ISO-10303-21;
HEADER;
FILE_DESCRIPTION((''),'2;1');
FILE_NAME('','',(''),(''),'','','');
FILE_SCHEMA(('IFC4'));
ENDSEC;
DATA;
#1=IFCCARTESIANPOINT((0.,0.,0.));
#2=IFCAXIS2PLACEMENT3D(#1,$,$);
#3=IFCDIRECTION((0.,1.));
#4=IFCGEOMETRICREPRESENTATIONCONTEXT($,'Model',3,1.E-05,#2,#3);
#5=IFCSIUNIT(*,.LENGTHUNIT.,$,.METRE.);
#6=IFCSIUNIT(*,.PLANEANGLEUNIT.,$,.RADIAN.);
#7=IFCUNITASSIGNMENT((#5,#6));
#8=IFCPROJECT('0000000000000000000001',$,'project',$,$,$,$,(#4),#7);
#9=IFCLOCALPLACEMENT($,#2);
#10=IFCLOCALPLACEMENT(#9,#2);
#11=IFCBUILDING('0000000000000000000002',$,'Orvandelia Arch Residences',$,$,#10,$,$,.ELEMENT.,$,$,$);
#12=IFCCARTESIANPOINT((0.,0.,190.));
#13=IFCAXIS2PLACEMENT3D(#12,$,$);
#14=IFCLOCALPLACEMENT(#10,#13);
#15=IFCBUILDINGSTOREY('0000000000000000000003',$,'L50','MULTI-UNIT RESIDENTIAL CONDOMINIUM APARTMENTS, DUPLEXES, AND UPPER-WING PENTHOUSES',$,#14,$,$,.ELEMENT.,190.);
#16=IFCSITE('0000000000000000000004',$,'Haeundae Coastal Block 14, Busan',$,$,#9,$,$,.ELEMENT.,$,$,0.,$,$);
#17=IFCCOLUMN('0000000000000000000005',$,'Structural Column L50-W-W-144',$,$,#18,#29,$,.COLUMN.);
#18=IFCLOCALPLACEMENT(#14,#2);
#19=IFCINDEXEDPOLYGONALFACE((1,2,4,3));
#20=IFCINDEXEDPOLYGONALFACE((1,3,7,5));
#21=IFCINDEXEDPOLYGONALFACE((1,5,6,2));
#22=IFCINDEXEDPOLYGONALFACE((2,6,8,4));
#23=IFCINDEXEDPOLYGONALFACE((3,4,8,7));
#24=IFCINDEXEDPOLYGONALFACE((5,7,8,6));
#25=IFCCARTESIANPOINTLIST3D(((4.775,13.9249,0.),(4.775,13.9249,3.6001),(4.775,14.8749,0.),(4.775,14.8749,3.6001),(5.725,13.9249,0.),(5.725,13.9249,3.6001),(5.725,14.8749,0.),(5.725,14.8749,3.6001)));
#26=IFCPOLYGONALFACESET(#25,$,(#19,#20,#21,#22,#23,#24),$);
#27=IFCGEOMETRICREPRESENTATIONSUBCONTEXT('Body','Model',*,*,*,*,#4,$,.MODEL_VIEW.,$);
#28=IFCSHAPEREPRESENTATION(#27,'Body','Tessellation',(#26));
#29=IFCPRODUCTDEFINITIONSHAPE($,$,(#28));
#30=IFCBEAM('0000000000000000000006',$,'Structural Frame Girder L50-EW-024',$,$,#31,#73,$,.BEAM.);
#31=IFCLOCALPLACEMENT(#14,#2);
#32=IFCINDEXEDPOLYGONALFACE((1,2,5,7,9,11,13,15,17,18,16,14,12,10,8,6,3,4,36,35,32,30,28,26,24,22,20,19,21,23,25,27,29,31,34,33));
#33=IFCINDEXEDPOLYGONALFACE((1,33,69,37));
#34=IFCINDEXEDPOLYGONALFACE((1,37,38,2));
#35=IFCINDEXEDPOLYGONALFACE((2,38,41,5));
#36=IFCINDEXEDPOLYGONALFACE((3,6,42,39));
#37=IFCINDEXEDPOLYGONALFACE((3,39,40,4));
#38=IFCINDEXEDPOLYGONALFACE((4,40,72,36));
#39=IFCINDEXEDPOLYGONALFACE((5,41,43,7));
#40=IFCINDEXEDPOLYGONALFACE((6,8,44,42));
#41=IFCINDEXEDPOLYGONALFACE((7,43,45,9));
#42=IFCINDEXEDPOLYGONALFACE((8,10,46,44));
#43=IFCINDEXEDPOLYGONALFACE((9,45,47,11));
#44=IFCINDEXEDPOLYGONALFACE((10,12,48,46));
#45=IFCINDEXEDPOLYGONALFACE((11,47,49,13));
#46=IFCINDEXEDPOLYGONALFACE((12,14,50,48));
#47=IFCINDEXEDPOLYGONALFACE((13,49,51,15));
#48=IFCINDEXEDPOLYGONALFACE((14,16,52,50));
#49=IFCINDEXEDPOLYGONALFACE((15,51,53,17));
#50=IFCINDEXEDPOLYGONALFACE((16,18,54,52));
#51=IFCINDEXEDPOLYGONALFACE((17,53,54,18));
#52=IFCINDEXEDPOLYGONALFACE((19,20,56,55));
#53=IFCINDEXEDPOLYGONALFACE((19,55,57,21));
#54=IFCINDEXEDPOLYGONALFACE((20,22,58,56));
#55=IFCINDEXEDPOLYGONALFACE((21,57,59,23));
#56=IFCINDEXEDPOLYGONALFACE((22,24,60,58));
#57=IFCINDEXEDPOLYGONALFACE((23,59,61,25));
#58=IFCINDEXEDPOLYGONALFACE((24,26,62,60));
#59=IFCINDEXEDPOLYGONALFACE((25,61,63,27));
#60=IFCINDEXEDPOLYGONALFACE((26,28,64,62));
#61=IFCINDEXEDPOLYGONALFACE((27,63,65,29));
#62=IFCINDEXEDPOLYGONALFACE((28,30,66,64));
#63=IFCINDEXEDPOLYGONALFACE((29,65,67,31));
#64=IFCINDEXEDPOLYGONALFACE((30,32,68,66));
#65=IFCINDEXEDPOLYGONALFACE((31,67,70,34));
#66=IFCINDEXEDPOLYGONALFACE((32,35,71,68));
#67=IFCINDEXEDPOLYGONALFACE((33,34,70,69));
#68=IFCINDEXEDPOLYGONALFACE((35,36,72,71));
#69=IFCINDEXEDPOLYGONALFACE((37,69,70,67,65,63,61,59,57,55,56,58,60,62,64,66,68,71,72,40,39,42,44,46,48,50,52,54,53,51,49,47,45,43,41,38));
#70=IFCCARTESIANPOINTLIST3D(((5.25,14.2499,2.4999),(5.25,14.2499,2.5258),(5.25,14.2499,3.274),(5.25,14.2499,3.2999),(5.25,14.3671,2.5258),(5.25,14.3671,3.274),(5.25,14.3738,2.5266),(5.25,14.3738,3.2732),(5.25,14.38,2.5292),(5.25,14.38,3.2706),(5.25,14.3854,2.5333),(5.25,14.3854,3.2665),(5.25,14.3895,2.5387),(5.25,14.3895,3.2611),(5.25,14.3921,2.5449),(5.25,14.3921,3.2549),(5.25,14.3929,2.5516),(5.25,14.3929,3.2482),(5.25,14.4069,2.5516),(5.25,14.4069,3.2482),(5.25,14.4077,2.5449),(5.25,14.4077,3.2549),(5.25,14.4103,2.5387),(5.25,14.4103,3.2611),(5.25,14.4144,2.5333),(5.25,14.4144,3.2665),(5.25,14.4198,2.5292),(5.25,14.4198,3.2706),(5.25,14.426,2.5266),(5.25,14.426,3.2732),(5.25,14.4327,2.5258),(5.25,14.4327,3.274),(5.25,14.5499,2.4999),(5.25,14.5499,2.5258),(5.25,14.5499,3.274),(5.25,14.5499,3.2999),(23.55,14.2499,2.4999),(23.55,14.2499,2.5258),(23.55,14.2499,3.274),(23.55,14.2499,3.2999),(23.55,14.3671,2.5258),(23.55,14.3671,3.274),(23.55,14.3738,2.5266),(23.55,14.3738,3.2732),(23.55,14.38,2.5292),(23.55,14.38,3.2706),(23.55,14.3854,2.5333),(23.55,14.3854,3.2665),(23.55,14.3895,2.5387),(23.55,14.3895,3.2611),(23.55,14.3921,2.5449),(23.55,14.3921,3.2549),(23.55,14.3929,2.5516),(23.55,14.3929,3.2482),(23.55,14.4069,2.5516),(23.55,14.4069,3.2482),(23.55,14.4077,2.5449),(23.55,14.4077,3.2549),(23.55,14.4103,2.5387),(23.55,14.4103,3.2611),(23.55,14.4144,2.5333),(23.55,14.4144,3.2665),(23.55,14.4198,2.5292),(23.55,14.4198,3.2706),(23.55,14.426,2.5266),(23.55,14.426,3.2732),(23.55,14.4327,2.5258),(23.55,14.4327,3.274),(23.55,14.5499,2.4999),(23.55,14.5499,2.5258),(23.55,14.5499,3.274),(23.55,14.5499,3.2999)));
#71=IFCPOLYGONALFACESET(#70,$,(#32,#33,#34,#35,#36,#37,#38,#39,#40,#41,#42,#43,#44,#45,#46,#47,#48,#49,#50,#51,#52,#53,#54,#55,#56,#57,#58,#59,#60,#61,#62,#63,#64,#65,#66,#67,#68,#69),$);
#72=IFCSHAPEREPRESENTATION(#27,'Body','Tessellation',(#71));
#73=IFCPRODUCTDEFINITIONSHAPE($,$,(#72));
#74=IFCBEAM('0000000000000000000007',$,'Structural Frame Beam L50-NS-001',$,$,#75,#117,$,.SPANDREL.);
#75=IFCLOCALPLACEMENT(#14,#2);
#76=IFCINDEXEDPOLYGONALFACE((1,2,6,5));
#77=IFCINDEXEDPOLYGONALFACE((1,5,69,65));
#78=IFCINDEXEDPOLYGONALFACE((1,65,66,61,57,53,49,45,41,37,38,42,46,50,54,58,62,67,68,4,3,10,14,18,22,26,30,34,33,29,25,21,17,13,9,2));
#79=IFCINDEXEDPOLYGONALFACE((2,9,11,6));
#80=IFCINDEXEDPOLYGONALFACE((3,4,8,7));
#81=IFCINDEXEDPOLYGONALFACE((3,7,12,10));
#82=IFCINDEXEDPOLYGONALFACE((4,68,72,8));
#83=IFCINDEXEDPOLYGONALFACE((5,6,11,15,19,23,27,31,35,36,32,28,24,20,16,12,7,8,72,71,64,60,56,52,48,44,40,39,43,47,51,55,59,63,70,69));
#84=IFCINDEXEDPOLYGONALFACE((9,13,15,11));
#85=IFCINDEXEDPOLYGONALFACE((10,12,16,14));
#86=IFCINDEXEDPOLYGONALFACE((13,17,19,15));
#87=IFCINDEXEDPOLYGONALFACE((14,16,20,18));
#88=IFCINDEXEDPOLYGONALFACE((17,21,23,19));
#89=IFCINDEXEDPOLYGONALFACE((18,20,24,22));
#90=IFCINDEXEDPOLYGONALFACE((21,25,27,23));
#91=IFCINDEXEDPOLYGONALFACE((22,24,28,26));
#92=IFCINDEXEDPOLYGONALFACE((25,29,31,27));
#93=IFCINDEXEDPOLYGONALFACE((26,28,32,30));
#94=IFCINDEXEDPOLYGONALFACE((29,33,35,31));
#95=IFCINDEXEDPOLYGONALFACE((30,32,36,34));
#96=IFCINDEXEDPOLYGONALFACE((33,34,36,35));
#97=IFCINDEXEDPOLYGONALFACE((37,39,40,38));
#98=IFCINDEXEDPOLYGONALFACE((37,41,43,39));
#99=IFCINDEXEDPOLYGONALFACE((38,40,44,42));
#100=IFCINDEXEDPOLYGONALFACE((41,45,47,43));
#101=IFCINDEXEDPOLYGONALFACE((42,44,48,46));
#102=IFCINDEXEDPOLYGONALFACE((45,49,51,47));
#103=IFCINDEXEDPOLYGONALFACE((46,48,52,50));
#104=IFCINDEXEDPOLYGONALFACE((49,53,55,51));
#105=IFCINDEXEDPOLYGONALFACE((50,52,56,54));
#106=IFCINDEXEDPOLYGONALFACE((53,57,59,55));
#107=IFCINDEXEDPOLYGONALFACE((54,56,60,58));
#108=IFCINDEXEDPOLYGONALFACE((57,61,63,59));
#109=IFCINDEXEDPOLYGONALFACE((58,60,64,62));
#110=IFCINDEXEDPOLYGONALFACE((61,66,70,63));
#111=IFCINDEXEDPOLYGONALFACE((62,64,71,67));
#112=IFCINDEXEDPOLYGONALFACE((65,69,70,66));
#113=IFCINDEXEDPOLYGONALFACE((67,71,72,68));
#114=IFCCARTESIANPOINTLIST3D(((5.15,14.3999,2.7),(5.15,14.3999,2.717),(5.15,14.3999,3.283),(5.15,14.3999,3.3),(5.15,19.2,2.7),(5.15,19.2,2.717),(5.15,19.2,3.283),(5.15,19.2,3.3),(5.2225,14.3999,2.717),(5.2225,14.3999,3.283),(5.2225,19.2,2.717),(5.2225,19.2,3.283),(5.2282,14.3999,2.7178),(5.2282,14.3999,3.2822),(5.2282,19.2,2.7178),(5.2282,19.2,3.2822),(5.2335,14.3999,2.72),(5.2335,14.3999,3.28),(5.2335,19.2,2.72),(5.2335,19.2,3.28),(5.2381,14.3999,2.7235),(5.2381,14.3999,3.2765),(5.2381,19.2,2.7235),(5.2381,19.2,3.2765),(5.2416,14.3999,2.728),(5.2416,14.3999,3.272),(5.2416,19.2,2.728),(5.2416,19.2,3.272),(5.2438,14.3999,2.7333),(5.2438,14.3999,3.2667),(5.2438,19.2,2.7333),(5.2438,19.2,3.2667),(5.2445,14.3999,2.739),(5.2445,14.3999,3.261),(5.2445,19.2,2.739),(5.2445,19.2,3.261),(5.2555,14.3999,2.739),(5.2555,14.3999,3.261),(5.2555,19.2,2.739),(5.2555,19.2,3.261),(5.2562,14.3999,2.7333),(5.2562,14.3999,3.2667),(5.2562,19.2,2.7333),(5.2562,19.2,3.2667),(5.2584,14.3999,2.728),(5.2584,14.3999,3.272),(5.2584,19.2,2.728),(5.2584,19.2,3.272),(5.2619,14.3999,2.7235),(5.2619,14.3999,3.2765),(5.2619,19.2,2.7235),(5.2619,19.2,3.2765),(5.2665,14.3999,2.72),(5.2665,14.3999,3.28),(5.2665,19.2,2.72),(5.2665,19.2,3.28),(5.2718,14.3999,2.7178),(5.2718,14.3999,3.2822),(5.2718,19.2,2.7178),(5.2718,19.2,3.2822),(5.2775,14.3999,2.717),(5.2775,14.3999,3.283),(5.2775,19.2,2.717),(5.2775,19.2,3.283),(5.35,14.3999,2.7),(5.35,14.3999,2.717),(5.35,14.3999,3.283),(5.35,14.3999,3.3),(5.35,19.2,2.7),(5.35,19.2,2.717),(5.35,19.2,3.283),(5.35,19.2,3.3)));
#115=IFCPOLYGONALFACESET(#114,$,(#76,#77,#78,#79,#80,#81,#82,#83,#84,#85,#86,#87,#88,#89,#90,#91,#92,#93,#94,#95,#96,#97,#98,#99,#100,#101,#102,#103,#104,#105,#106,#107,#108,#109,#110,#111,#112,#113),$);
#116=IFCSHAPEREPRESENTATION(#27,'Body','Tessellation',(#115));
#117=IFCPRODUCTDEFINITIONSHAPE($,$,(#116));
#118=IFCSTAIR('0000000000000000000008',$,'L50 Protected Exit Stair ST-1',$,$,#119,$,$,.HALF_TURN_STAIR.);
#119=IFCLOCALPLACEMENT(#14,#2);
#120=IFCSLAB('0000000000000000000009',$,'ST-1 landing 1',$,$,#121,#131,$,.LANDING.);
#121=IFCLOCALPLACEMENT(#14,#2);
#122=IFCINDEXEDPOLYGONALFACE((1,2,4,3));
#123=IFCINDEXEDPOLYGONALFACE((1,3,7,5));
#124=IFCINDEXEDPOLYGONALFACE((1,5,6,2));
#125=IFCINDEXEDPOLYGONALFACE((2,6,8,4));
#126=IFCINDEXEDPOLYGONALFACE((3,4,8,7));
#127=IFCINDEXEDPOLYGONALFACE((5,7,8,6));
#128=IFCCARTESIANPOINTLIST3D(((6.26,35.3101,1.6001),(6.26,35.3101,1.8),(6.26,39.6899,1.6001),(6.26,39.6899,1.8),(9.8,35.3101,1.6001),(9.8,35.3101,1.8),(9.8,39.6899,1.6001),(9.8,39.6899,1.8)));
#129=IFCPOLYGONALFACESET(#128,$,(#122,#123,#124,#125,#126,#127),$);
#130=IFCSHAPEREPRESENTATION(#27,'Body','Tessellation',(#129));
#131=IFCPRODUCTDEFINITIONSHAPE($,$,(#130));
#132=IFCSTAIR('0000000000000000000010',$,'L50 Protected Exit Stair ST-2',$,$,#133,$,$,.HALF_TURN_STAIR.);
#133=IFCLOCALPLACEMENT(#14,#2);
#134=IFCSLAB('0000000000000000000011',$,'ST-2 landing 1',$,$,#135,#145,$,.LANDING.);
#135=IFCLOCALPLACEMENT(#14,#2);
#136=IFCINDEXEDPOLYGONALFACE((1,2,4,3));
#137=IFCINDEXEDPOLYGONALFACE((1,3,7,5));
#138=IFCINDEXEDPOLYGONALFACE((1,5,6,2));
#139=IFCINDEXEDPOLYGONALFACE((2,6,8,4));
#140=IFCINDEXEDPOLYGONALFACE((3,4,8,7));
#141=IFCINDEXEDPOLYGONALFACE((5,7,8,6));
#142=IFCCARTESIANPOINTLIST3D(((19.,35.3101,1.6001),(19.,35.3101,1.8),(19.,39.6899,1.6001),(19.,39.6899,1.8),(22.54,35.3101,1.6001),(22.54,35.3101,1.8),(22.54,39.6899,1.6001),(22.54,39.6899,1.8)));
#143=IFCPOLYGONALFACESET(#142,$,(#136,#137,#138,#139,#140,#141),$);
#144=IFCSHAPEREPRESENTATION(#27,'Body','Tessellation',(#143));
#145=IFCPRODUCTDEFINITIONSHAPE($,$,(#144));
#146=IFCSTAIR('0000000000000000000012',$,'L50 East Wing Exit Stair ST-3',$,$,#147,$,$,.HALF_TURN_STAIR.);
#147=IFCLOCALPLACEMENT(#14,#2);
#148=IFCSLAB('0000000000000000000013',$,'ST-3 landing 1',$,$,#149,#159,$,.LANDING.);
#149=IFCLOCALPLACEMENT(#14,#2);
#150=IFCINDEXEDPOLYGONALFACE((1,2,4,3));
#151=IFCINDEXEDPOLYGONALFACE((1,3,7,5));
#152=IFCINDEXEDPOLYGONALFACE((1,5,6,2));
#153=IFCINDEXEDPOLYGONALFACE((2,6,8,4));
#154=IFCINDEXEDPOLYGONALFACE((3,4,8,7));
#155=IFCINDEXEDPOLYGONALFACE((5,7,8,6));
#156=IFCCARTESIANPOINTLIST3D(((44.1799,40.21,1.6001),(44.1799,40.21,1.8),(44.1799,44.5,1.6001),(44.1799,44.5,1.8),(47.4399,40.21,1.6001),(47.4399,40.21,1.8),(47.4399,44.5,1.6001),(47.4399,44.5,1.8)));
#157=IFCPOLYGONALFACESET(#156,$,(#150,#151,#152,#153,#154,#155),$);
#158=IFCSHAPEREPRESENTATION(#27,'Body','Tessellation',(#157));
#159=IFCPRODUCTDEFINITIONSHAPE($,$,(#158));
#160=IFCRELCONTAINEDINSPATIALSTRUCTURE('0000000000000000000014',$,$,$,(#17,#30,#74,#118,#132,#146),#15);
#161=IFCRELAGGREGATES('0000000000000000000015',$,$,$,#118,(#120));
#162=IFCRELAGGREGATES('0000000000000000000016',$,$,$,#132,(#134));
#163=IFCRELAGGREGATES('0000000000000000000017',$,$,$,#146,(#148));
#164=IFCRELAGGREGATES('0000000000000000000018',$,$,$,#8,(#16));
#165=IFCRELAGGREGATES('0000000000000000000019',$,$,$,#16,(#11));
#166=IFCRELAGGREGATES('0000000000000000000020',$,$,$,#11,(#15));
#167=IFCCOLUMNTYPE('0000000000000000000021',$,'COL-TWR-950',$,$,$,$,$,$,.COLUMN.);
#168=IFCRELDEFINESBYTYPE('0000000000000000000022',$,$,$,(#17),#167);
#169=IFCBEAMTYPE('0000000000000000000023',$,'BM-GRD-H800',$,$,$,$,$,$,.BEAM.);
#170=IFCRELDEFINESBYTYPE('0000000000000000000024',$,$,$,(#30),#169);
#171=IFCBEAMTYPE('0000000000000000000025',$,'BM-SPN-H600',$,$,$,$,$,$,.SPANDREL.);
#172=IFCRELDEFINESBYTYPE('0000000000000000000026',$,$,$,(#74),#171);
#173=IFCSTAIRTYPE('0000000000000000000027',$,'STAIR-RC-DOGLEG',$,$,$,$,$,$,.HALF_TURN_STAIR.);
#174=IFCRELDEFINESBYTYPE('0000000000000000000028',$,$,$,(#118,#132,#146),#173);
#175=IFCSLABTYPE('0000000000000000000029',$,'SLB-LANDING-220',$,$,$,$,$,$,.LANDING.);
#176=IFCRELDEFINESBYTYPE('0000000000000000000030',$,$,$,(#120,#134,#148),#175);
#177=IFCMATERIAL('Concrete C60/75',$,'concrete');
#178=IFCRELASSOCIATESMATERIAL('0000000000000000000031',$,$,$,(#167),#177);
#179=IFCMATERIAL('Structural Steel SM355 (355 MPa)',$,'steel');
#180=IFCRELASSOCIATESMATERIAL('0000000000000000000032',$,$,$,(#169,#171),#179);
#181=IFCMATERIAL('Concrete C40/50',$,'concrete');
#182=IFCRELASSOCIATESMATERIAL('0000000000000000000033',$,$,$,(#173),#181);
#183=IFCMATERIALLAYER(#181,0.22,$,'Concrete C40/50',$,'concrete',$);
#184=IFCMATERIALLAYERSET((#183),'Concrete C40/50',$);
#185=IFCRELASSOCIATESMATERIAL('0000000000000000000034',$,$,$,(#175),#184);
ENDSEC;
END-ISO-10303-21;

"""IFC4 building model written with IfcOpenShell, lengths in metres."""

from ifc_helpers import new_model, si_unit, direction, frame, origin, origin_2d, place, context, subcontext, project, spatial, polyline, rectangle, i_section, outline, extrude, material, layer, layer_set, material_profile, profile_set, type_object, element, aggregate, save


model = new_model("IFC4")

# Units and contexts
model_context = context("Model", 3, precision=1e-05, world=origin(), true_north=direction((0.0, 1.0)))
body_context = subcontext(model_context, "Body", "Model", "MODEL_VIEW")
ifc_project = project(units=[si_unit("LENGTHUNIT", "METRE"), si_unit("PLANEANGLEUNIT", "RADIAN")], contexts=[model_context])

# Site, building, storey
site_placement = place(None, origin())
site = spatial("IfcSite", under=ifc_project, at=site_placement, Name="Haeundae Coastal Block 14, Busan", CompositionType="ELEMENT", RefElevation=0.0)
building_placement = place(site_placement, origin())
building = spatial("IfcBuilding", under=site, at=building_placement, Name="Orvandelia Arch Residences", CompositionType="ELEMENT")
storey_placement = place(building_placement, frame((0.0, 0.0, 190.0)))
storey = spatial("IfcBuildingStorey", under=building, at=storey_placement, Name="L50", Description="MULTI-UNIT RESIDENTIAL CONDOMINIUM APARTMENTS, DUPLEXES, AND UPPER-WING PENTHOUSES", CompositionType="ELEMENT", Elevation=190.0)

# Column
ifc_material_1 = material(Name="Concrete C60/75", Category="concrete")
ifc_material_profile_1 = material_profile(ifc_material_1, rectangle(XDim=0.95, YDim=0.95, at=origin_2d()), Name="Concrete C60/75", Category="concrete")
ifc_profile_set_1 = profile_set([ifc_material_profile_1], Name="Concrete C60/75")
column_type = type_object("IfcColumnType", Name="COL-TWR-950", PredefinedType="COLUMN", material=ifc_profile_set_1)
column_placement = place(storey_placement, frame((5.25, 14.3999, 0.0), z_axis=(0.0, 0.0, 1.0), x_axis=(1.0, 0.0, 0.0)))
element("IfcColumn", 1, at=column_placement, inside=storey, type_object=column_type, Name="Structural Column L50-W-W-144", PredefinedType="COLUMN", context=body_context, shape_type="SweptSolid", body=[
    extrude(rectangle(XDim=0.95, YDim=0.95, at=origin_2d()), origin(), (0.0, 0.0, 1.0), 3.6001),
])

# Beams
ifc_material_2 = material(Name="Structural Steel SM355 (355 MPa)", Category="steel")
ifc_material_profile_2 = material_profile(ifc_material_2, i_section(OverallWidth=0.3, OverallDepth=0.8, WebThickness=0.0139, FlangeThickness=0.0259, FilletRadius=0.0259, at=origin_2d()), Name="Structural Steel SM355 (355 MPa)", Category="steel")
ifc_profile_set_2 = profile_set([ifc_material_profile_2], Name="Structural Steel SM355 (355 MPa)")
beam_type_1 = type_object("IfcBeamType", Name="BM-GRD-H800", PredefinedType="BEAM", material=ifc_profile_set_2)
beam_1_placement = place(storey_placement, frame((5.25, 14.3999, 2.8999), z_axis=(1.0, 0.0, 0.0), x_axis=(0.0, 1.0, 0.0)))
element("IfcBeam", 2, at=beam_1_placement, inside=storey, type_object=beam_type_1, Name="Structural Frame Girder L50-EW-024", PredefinedType="BEAM", context=body_context, shape_type="SweptSolid", body=[
    extrude(i_section(OverallWidth=0.3, OverallDepth=0.8, WebThickness=0.0139, FlangeThickness=0.0259, FilletRadius=0.0259, at=origin_2d()), origin(), (0.0, 0.0, 1.0), 18.3),
])
ifc_material_profile_3 = material_profile(ifc_material_2, i_section(OverallWidth=0.2, OverallDepth=0.6001, WebThickness=0.011, FlangeThickness=0.0171, FilletRadius=0.022, at=origin_2d()), Name="Structural Steel SM355 (355 MPa)", Category="steel")
ifc_profile_set_3 = profile_set([ifc_material_profile_3], Name="Structural Steel SM355 (355 MPa)")
beam_type_2 = type_object("IfcBeamType", Name="BM-SPN-H600", PredefinedType="SPANDREL", material=ifc_profile_set_3)
beam_2_placement = place(storey_placement, frame((5.25, 14.3999, 3.0), z_axis=(0.0, 1.0, 0.0), x_axis=(-1.0, 0.0, 0.0)))
element("IfcBeam", 3, at=beam_2_placement, inside=storey, type_object=beam_type_2, Name="Structural Frame Beam L50-NS-001", PredefinedType="SPANDREL", context=body_context, shape_type="SweptSolid", body=[
    extrude(i_section(OverallWidth=0.2, OverallDepth=0.6001, WebThickness=0.011, FlangeThickness=0.0171, FilletRadius=0.022, at=origin_2d()), origin(), (0.0, 0.0, 1.0), 4.8),
])

# Stairs, slabs
ifc_material_3 = material(Name="Concrete C40/50", Category="concrete")
stair_type = type_object("IfcStairType", Name="STAIR-RC-DOGLEG", PredefinedType="HALF_TURN_STAIR", material=ifc_material_3)
stair_1_placement = place(storey_placement, origin())
stair_1 = element("IfcStair", 4, at=stair_1_placement, inside=storey, type_object=stair_type, Name="L50 Protected Exit Stair ST-1", PredefinedType="HALF_TURN_STAIR")
ifc_layer_1 = layer(ifc_material_3, 0.22, Name="Concrete C40/50", Category="concrete")
ifc_layer_set_1 = layer_set([ifc_layer_1], Name="Concrete C40/50")
slab_type_1 = type_object("IfcSlabType", Name="SLB-LANDING-220", PredefinedType="LANDING", material=ifc_layer_set_1)
slab_1_placement = place(storey_placement, frame((0.0, 0.0, 1.6001)))
slab_1 = element("IfcSlab", 5, at=slab_1_placement, type_object=slab_type_1, Name="ST-1 landing 1", PredefinedType="LANDING", context=body_context, shape_type="SweptSolid", body=[
    extrude(outline(polyline([(9.8, 35.3101), (9.8, 39.6899), (6.26, 39.6899), (6.26, 35.3101), (9.8, 35.3101)])), origin(), (0.0, 0.0, 1.0), 0.2),
])
aggregate(stair_1, [slab_1])
stair_2_placement = place(storey_placement, origin())
stair_2 = element("IfcStair", 6, at=stair_2_placement, inside=storey, type_object=stair_type, Name="L50 Protected Exit Stair ST-2", PredefinedType="HALF_TURN_STAIR")
slab_2_placement = place(storey_placement, frame((0.0, 0.0, 1.6001)))
slab_2 = element("IfcSlab", 7, at=slab_2_placement, type_object=slab_type_1, Name="ST-2 landing 1", PredefinedType="LANDING", context=body_context, shape_type="SweptSolid", body=[
    extrude(outline(polyline([(22.54, 35.3101), (22.54, 39.6899), (19.0, 39.6899), (19.0, 35.3101), (22.54, 35.3101)])), origin(), (0.0, 0.0, 1.0), 0.2),
])
aggregate(stair_2, [slab_2])
stair_3_placement = place(storey_placement, origin())
stair_3 = element("IfcStair", 8, at=stair_3_placement, inside=storey, type_object=stair_type, Name="L50 East Wing Exit Stair ST-3", PredefinedType="HALF_TURN_STAIR")
slab_3_placement = place(storey_placement, frame((0.0, 0.0, 1.6001)))
slab_3 = element("IfcSlab", 9, at=slab_3_placement, type_object=slab_type_1, Name="ST-3 landing 1", PredefinedType="LANDING", context=body_context, shape_type="SweptSolid", body=[
    extrude(outline(polyline([(47.4399, 40.21), (47.4399, 44.5), (44.1799, 44.5), (44.1799, 40.21), (47.4399, 40.21)])), origin(), (0.0, 0.0, 1.0), 0.2),
])
aggregate(stair_3, [slab_3])

save(model, "model.ifc")
